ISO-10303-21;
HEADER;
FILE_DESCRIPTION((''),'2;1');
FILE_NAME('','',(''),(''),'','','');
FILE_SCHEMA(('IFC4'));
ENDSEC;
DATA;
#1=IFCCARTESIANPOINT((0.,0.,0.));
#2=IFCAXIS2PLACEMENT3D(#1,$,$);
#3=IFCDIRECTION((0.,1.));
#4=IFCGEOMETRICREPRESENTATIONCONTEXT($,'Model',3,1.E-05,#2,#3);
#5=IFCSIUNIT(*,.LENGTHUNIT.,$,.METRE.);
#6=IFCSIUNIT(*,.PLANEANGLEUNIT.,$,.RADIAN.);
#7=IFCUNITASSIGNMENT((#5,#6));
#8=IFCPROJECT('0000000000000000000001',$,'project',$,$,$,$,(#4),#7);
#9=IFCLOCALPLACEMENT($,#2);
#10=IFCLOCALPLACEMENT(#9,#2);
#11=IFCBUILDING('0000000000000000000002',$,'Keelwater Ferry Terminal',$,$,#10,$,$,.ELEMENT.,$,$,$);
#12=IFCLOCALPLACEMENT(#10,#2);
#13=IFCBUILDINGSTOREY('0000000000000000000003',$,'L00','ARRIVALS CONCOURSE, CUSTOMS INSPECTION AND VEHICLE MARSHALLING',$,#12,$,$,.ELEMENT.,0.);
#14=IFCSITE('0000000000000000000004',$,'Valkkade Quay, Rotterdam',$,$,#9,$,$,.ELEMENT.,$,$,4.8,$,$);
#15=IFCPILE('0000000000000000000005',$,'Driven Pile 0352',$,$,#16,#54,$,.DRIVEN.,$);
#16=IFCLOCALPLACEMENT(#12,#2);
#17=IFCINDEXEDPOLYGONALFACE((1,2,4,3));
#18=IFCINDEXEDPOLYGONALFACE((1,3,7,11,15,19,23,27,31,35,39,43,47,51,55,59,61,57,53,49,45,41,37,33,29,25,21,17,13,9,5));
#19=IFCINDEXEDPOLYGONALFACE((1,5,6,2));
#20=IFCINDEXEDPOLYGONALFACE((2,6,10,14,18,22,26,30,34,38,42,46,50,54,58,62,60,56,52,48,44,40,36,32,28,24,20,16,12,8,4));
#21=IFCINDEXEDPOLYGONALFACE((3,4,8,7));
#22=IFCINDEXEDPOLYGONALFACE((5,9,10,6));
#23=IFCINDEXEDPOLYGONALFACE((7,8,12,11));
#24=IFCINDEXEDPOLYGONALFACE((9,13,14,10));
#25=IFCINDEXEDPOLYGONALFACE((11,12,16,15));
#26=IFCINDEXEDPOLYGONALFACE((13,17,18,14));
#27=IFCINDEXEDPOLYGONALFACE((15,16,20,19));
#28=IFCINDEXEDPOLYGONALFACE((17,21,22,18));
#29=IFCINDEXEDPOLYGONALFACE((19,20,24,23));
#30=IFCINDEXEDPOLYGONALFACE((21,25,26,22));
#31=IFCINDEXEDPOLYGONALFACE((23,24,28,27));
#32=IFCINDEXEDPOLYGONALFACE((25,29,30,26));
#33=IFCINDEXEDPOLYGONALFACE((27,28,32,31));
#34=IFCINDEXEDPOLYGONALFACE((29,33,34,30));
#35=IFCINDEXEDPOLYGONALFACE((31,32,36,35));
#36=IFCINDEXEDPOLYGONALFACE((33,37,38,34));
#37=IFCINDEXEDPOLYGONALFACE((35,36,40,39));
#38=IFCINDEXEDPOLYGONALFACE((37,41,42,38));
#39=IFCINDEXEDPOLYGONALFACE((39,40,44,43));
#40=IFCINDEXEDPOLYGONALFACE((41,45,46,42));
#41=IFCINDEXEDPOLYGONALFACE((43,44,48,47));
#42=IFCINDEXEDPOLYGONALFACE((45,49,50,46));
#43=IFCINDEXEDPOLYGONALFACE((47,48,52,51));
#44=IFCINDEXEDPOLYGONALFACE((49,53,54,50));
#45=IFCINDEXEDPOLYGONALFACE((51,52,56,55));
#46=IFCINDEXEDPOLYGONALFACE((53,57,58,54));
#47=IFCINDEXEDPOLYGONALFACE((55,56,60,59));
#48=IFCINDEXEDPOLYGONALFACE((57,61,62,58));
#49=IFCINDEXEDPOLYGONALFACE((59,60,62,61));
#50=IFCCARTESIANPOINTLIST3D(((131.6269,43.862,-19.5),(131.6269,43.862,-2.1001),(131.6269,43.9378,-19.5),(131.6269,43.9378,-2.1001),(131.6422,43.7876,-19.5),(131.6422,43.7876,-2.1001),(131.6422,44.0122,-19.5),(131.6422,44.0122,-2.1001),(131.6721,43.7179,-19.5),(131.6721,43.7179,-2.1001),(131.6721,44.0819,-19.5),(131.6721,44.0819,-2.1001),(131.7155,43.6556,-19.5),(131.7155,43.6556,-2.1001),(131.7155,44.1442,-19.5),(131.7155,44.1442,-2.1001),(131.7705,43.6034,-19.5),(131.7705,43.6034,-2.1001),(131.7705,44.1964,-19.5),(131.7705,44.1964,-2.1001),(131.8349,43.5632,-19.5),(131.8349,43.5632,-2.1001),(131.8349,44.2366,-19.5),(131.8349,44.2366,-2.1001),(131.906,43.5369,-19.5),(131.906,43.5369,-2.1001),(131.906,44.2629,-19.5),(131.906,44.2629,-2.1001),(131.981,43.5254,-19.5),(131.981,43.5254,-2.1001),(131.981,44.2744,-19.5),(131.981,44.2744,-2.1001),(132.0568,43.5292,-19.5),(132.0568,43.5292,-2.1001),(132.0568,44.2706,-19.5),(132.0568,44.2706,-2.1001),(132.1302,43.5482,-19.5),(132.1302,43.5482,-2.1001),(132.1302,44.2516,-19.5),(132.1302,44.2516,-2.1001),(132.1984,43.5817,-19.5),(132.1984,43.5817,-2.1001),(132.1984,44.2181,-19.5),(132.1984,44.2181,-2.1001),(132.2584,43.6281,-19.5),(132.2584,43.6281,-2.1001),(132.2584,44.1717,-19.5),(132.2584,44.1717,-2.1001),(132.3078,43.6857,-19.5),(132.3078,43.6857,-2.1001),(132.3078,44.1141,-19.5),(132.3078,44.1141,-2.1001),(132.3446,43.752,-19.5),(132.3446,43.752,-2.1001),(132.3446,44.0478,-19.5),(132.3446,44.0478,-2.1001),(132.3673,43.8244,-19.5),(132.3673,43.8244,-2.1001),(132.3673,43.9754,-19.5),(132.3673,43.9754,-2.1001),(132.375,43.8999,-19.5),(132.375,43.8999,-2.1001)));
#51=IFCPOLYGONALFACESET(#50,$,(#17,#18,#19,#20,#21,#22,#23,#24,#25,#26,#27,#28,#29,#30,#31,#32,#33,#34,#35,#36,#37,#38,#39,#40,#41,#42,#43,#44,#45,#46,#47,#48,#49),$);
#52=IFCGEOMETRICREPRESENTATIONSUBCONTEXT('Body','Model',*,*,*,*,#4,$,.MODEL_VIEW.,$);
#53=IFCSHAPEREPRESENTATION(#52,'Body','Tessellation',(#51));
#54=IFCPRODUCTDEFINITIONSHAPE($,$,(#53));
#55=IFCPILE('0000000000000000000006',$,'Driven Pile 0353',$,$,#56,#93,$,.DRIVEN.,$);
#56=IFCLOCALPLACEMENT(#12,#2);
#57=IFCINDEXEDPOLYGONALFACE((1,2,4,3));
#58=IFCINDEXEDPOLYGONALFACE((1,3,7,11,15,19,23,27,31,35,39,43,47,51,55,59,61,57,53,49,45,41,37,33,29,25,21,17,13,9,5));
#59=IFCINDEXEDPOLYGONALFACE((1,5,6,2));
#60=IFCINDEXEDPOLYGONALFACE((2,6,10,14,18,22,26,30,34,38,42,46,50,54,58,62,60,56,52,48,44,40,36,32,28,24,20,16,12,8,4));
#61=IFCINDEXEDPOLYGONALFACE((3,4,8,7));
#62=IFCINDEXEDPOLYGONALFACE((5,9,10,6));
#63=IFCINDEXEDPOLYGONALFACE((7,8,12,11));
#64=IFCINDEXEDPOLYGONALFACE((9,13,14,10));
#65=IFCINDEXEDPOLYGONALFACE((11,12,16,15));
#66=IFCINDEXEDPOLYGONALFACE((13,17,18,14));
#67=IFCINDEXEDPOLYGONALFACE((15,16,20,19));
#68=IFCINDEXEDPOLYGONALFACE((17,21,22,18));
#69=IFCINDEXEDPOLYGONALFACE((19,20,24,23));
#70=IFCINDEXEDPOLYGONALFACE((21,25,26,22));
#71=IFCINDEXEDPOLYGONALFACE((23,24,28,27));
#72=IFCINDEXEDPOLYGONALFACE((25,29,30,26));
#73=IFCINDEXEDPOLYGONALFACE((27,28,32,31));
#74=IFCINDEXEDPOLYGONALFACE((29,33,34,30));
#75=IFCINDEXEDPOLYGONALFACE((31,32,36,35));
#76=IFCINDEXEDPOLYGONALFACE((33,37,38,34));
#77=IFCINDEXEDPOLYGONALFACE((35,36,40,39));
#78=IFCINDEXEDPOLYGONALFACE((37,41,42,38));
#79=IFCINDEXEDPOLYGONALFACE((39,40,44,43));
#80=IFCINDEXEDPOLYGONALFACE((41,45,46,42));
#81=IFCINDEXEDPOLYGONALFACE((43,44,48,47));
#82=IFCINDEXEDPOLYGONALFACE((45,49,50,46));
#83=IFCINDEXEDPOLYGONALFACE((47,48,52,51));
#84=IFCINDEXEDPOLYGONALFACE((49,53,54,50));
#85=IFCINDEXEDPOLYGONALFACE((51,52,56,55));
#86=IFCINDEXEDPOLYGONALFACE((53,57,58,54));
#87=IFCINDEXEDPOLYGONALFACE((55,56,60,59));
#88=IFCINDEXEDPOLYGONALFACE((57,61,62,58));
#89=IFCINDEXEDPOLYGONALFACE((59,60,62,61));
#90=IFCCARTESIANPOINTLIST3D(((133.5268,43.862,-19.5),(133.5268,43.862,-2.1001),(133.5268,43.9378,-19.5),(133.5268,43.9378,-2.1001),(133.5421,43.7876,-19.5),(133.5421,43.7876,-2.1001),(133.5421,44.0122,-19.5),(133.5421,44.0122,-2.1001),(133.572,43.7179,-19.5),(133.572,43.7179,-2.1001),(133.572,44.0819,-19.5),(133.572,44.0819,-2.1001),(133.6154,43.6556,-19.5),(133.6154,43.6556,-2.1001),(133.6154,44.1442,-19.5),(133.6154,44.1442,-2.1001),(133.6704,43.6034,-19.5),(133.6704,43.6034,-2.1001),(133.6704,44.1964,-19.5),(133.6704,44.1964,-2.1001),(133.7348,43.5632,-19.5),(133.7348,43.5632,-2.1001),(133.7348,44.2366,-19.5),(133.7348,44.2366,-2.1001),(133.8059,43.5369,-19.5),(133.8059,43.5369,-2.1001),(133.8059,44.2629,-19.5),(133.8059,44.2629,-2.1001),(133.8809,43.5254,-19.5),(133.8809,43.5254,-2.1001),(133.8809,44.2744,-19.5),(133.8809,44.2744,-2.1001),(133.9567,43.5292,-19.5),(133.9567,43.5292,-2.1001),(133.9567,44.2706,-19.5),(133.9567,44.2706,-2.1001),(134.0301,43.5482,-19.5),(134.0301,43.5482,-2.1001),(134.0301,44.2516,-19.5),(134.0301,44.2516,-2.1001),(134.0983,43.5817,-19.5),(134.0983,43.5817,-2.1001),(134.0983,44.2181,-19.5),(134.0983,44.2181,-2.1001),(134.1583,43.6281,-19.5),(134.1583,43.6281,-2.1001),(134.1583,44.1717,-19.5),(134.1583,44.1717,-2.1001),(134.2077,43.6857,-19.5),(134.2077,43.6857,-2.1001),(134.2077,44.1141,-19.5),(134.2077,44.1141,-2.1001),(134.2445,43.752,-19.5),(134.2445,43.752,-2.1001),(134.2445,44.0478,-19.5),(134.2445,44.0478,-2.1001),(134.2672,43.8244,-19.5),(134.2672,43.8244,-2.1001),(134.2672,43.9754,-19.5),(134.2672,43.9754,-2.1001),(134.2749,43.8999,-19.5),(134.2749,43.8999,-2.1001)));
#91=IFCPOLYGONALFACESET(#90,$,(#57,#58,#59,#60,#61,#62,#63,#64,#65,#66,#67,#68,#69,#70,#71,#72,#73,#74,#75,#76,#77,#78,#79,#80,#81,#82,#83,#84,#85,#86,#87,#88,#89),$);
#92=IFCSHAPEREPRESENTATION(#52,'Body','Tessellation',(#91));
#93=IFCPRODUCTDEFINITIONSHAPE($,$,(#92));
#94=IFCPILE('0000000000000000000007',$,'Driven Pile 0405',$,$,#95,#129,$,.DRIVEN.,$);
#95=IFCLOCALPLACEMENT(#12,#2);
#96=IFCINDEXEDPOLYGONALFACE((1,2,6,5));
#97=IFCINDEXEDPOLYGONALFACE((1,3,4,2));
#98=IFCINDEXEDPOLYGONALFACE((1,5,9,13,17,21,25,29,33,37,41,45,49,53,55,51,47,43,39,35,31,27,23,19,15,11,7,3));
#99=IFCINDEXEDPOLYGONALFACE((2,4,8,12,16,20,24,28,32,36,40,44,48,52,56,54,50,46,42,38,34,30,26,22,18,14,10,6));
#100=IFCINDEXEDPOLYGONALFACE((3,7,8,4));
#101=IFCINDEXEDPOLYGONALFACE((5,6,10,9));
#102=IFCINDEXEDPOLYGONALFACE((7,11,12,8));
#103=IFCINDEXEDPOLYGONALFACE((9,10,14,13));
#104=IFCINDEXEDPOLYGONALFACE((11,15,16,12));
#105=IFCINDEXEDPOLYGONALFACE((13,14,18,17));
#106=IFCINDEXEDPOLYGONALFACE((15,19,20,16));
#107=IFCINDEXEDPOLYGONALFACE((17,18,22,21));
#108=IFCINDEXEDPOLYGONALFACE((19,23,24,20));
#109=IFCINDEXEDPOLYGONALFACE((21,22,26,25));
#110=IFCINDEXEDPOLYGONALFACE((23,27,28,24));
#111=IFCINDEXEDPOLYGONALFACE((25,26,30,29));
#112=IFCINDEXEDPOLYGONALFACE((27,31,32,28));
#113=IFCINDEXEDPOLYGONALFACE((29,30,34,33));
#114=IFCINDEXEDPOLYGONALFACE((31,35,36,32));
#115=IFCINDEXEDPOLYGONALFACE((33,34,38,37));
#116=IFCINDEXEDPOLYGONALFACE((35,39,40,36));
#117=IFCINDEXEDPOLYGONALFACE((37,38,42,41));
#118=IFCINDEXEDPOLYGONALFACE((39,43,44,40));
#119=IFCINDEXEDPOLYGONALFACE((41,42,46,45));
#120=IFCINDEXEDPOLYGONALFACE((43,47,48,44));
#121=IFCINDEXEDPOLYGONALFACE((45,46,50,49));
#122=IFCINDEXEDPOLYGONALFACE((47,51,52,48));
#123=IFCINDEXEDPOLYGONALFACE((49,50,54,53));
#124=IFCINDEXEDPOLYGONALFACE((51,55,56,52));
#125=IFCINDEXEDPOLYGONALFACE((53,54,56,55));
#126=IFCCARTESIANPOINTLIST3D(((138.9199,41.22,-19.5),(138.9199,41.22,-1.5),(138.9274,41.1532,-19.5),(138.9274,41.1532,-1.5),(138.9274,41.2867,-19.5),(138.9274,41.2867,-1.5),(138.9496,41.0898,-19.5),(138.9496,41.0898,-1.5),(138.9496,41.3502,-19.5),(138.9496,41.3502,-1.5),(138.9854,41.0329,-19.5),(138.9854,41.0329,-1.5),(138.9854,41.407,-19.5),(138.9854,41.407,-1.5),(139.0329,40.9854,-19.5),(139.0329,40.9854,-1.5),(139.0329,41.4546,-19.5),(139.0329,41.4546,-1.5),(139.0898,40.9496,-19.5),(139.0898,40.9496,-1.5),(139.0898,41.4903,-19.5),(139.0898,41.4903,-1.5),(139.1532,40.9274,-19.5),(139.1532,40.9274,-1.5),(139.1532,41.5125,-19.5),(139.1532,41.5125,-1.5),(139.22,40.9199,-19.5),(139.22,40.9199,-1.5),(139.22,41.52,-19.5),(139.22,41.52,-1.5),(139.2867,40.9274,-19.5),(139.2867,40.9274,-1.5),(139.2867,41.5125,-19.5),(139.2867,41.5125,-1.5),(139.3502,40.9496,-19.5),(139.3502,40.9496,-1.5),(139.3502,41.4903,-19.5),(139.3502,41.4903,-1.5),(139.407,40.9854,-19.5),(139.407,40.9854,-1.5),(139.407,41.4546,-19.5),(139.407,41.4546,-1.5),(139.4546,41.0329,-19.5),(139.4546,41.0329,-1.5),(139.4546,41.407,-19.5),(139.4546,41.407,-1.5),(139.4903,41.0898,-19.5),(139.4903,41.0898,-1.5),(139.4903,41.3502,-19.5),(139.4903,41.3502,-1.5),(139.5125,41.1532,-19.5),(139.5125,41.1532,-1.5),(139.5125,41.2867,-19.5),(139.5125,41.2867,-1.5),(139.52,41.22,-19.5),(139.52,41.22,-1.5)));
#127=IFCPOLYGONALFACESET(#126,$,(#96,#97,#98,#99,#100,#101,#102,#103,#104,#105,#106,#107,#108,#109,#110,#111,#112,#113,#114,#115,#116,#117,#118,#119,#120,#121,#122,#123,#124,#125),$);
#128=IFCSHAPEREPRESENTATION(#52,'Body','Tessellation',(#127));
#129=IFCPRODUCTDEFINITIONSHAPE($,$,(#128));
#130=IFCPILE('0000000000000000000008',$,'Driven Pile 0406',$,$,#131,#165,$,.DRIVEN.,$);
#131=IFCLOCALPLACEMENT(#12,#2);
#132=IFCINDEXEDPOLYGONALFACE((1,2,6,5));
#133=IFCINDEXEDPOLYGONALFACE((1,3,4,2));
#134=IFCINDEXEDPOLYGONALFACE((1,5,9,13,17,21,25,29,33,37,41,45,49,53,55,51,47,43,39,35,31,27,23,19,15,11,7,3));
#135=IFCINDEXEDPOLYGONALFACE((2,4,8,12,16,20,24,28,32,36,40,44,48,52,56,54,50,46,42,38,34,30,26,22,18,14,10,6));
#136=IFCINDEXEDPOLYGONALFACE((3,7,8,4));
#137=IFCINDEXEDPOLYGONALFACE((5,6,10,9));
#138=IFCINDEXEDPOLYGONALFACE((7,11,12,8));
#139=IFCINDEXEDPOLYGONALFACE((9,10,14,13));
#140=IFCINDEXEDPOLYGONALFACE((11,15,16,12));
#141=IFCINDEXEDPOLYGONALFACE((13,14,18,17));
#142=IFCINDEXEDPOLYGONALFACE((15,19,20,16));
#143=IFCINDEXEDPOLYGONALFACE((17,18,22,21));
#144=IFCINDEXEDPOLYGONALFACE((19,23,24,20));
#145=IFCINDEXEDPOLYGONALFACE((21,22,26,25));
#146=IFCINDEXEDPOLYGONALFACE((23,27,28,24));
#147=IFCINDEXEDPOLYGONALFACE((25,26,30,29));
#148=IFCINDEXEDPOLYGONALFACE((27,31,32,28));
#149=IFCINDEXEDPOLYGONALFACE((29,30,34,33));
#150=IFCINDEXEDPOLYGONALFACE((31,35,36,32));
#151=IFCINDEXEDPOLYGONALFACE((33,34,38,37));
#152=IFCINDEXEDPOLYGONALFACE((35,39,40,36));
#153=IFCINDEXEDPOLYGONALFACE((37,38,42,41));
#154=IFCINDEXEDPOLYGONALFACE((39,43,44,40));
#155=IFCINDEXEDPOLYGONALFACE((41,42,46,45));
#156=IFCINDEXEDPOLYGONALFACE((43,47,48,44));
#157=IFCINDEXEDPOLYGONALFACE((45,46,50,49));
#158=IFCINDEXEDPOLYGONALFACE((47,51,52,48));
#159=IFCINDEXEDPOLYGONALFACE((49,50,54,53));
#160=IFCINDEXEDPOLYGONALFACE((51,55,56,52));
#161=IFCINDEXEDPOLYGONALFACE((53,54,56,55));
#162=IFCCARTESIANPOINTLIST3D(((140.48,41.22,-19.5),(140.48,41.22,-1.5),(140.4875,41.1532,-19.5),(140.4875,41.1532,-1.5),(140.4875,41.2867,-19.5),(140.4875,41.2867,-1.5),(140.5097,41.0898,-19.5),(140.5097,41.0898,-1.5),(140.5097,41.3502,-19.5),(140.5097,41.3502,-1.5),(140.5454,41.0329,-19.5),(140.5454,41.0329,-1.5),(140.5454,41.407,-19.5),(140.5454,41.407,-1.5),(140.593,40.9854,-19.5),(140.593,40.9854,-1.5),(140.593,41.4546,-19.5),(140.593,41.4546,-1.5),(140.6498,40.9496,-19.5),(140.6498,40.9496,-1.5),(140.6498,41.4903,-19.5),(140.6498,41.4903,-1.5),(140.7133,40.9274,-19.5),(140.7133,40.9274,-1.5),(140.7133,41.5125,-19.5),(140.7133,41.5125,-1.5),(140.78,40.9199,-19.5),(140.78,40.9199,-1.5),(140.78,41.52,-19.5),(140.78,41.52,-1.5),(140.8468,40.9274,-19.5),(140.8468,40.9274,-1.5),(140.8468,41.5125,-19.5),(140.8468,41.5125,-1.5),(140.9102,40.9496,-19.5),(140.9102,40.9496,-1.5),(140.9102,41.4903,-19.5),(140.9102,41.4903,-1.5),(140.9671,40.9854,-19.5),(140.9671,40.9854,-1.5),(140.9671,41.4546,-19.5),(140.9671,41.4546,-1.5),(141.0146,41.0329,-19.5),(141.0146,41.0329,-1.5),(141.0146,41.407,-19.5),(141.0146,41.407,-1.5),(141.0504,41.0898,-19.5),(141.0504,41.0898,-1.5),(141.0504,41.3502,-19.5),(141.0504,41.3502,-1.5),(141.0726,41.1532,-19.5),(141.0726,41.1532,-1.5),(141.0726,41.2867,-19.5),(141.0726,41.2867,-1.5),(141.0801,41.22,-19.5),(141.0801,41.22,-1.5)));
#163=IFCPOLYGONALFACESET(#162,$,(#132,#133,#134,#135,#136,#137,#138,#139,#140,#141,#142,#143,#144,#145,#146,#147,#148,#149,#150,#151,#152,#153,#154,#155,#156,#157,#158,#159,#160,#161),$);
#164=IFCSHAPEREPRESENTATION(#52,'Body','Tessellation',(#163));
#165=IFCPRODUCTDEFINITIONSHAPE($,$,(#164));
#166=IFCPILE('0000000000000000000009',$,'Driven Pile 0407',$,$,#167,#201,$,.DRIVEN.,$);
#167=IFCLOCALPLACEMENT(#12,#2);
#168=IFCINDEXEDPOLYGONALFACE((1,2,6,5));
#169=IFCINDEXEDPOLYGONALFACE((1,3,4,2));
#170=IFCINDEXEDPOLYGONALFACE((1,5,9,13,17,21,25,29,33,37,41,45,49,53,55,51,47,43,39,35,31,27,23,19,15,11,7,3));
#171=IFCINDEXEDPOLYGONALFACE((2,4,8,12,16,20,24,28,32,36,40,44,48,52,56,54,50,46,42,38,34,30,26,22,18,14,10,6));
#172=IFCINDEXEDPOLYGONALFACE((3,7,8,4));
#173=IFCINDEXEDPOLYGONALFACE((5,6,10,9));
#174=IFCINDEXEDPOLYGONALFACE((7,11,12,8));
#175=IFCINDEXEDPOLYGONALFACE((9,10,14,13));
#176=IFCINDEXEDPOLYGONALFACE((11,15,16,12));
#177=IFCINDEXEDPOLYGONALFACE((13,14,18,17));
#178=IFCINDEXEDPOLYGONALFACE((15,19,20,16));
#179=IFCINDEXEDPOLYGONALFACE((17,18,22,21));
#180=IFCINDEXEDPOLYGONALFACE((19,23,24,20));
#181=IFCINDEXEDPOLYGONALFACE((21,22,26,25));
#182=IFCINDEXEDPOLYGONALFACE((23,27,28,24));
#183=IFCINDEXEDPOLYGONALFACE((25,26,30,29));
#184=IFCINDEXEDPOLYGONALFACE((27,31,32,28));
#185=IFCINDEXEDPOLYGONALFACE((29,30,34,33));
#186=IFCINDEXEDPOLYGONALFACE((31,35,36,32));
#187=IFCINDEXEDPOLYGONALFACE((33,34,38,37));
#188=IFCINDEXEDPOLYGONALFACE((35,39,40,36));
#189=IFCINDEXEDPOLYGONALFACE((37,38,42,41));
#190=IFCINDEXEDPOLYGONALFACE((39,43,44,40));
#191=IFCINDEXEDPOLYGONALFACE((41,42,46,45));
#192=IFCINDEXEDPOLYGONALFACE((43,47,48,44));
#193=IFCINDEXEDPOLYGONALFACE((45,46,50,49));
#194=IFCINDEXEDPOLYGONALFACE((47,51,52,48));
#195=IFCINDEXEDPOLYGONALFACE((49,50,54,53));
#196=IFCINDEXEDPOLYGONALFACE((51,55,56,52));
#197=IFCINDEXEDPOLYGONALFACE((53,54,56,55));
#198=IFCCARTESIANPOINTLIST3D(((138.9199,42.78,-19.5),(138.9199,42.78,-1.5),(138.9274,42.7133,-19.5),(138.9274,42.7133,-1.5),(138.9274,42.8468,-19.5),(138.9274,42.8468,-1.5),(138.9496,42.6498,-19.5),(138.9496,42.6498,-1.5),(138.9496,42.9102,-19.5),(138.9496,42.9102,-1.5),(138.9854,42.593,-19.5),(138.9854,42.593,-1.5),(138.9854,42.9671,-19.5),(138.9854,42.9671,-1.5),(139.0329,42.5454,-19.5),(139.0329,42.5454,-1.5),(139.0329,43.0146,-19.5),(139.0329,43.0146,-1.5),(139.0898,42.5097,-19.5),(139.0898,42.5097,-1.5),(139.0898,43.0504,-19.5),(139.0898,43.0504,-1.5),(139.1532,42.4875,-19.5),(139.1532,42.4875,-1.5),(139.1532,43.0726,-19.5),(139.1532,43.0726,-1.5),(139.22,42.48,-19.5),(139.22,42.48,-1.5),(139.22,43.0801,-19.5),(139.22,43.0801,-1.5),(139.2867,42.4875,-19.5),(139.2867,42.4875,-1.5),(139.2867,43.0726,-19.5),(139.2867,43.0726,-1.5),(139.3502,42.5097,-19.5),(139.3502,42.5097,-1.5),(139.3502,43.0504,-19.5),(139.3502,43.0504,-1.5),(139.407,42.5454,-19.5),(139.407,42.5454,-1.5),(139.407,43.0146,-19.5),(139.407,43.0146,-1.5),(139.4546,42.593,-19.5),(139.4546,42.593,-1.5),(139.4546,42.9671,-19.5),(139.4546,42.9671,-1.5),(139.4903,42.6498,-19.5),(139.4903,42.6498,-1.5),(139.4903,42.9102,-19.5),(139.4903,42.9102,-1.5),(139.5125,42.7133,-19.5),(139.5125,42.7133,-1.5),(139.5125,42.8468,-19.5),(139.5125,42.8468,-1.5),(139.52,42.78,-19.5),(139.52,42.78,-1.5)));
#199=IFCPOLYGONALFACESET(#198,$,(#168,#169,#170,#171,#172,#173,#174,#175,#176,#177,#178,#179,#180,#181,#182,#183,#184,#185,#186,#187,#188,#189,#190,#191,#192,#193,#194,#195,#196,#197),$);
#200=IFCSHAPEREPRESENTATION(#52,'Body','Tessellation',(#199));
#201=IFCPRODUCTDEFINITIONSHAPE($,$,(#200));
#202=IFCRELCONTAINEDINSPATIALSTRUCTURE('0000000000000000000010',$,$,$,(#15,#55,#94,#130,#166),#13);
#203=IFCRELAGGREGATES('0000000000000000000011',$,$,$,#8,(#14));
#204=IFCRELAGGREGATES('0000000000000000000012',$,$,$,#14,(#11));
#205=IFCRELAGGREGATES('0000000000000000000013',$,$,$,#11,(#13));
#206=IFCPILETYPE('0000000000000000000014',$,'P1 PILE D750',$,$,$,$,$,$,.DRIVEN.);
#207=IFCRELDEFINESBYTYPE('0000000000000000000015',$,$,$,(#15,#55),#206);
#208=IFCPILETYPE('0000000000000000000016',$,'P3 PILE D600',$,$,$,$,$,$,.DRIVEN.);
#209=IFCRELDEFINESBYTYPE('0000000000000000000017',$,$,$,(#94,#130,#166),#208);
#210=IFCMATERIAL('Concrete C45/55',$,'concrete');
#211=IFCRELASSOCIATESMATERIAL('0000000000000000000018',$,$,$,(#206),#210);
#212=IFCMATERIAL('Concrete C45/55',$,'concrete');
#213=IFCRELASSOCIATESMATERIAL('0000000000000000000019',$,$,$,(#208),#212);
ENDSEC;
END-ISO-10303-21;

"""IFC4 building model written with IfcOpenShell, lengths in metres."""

from ifc_helpers import new_model, si_unit, direction, frame, origin, origin_2d, place, context, subcontext, project, spatial, circle, extrude, material, material_profile, profile_set, type_object, element, save


model = new_model("IFC4")

# Units and contexts
model_context = context("Model", 3, precision=1e-05, world=origin(), true_north=direction((0.0, 1.0)))
body_context = subcontext(model_context, "Body", "Model", "MODEL_VIEW")
ifc_project = project(units=[si_unit("LENGTHUNIT", "METRE"), si_unit("PLANEANGLEUNIT", "RADIAN")], contexts=[model_context])

# Site, building, storey
site_placement = place(None, origin())
site = spatial("IfcSite", under=ifc_project, at=site_placement, Name="Valkkade Quay, Rotterdam", CompositionType="ELEMENT", RefElevation=4.8)
building_placement = place(site_placement, origin())
building = spatial("IfcBuilding", under=site, at=building_placement, Name="Keelwater Ferry Terminal", CompositionType="ELEMENT")
storey_placement = place(building_placement, origin())
storey = spatial("IfcBuildingStorey", under=building, at=storey_placement, Name="L00", Description="ARRIVALS CONCOURSE, CUSTOMS INSPECTION AND VEHICLE MARSHALLING", CompositionType="ELEMENT", Elevation=0.0)

# Piles
ifc_material_1 = material(Name="Concrete C45/55", Category="concrete")
ifc_material_profile_1 = material_profile(ifc_material_1, circle(Radius=0.375, at=origin_2d()), Name="PILE D750")
ifc_profile_set_1 = profile_set([ifc_material_profile_1], Name="Concrete C45/55")
pile_type_1 = type_object("IfcPileType", Name="P1 PILE D750", PredefinedType="DRIVEN", material=ifc_profile_set_1)
for number, where, z_axis, x_axis, name in (
    (1, (132.0, 43.8999, -2.1001), (0.0, 0.0, -1.0), (1.0, 0.0, 0.0), "Driven Pile 0352"),
    (2, (133.8999, 43.8999, -2.1001), (0.0, 0.0, -1.0), (1.0, 0.0, 0.0), "Driven Pile 0353"),
):
    element("IfcPile", number, at=place(storey_placement, frame(where, z_axis=z_axis, x_axis=x_axis)), inside=storey, type_object=pile_type_1, Name=name, PredefinedType="DRIVEN", context=body_context, shape_type="SweptSolid", body=[
        extrude(circle(Radius=0.375, at=origin_2d()), origin(), (0.0, 0.0, 1.0), 17.3999),
    ])
ifc_material_2 = material(Name="Concrete C45/55", Category="concrete")
ifc_material_profile_2 = material_profile(ifc_material_2, circle(Radius=0.3, at=origin_2d()), Name="PILE D600")
ifc_profile_set_2 = profile_set([ifc_material_profile_2], Name="Concrete C45/55")
pile_type_2 = type_object("IfcPileType", Name="P3 PILE D600", PredefinedType="DRIVEN", material=ifc_profile_set_2)
for number, where, z_axis, x_axis, name in (
    (3, (139.22, 41.22, -1.5), (0.0, 0.0, -1.0), (1.0, 0.0, 0.0), "Driven Pile 0405"),
    (4, (140.78, 41.22, -1.5), (0.0, 0.0, -1.0), (1.0, 0.0, 0.0), "Driven Pile 0406"),
    (5, (139.22, 42.78, -1.5), (0.0, 0.0, -1.0), (1.0, 0.0, 0.0), "Driven Pile 0407"),
):
    element("IfcPile", number, at=place(storey_placement, frame(where, z_axis=z_axis, x_axis=x_axis)), inside=storey, type_object=pile_type_2, Name=name, PredefinedType="DRIVEN", context=body_context, shape_type="SweptSolid", body=[
        extrude(circle(Radius=0.3, at=origin_2d()), origin(), (0.0, 0.0, 1.0), 18.0),
    ])

save(model, "model.ifc")
